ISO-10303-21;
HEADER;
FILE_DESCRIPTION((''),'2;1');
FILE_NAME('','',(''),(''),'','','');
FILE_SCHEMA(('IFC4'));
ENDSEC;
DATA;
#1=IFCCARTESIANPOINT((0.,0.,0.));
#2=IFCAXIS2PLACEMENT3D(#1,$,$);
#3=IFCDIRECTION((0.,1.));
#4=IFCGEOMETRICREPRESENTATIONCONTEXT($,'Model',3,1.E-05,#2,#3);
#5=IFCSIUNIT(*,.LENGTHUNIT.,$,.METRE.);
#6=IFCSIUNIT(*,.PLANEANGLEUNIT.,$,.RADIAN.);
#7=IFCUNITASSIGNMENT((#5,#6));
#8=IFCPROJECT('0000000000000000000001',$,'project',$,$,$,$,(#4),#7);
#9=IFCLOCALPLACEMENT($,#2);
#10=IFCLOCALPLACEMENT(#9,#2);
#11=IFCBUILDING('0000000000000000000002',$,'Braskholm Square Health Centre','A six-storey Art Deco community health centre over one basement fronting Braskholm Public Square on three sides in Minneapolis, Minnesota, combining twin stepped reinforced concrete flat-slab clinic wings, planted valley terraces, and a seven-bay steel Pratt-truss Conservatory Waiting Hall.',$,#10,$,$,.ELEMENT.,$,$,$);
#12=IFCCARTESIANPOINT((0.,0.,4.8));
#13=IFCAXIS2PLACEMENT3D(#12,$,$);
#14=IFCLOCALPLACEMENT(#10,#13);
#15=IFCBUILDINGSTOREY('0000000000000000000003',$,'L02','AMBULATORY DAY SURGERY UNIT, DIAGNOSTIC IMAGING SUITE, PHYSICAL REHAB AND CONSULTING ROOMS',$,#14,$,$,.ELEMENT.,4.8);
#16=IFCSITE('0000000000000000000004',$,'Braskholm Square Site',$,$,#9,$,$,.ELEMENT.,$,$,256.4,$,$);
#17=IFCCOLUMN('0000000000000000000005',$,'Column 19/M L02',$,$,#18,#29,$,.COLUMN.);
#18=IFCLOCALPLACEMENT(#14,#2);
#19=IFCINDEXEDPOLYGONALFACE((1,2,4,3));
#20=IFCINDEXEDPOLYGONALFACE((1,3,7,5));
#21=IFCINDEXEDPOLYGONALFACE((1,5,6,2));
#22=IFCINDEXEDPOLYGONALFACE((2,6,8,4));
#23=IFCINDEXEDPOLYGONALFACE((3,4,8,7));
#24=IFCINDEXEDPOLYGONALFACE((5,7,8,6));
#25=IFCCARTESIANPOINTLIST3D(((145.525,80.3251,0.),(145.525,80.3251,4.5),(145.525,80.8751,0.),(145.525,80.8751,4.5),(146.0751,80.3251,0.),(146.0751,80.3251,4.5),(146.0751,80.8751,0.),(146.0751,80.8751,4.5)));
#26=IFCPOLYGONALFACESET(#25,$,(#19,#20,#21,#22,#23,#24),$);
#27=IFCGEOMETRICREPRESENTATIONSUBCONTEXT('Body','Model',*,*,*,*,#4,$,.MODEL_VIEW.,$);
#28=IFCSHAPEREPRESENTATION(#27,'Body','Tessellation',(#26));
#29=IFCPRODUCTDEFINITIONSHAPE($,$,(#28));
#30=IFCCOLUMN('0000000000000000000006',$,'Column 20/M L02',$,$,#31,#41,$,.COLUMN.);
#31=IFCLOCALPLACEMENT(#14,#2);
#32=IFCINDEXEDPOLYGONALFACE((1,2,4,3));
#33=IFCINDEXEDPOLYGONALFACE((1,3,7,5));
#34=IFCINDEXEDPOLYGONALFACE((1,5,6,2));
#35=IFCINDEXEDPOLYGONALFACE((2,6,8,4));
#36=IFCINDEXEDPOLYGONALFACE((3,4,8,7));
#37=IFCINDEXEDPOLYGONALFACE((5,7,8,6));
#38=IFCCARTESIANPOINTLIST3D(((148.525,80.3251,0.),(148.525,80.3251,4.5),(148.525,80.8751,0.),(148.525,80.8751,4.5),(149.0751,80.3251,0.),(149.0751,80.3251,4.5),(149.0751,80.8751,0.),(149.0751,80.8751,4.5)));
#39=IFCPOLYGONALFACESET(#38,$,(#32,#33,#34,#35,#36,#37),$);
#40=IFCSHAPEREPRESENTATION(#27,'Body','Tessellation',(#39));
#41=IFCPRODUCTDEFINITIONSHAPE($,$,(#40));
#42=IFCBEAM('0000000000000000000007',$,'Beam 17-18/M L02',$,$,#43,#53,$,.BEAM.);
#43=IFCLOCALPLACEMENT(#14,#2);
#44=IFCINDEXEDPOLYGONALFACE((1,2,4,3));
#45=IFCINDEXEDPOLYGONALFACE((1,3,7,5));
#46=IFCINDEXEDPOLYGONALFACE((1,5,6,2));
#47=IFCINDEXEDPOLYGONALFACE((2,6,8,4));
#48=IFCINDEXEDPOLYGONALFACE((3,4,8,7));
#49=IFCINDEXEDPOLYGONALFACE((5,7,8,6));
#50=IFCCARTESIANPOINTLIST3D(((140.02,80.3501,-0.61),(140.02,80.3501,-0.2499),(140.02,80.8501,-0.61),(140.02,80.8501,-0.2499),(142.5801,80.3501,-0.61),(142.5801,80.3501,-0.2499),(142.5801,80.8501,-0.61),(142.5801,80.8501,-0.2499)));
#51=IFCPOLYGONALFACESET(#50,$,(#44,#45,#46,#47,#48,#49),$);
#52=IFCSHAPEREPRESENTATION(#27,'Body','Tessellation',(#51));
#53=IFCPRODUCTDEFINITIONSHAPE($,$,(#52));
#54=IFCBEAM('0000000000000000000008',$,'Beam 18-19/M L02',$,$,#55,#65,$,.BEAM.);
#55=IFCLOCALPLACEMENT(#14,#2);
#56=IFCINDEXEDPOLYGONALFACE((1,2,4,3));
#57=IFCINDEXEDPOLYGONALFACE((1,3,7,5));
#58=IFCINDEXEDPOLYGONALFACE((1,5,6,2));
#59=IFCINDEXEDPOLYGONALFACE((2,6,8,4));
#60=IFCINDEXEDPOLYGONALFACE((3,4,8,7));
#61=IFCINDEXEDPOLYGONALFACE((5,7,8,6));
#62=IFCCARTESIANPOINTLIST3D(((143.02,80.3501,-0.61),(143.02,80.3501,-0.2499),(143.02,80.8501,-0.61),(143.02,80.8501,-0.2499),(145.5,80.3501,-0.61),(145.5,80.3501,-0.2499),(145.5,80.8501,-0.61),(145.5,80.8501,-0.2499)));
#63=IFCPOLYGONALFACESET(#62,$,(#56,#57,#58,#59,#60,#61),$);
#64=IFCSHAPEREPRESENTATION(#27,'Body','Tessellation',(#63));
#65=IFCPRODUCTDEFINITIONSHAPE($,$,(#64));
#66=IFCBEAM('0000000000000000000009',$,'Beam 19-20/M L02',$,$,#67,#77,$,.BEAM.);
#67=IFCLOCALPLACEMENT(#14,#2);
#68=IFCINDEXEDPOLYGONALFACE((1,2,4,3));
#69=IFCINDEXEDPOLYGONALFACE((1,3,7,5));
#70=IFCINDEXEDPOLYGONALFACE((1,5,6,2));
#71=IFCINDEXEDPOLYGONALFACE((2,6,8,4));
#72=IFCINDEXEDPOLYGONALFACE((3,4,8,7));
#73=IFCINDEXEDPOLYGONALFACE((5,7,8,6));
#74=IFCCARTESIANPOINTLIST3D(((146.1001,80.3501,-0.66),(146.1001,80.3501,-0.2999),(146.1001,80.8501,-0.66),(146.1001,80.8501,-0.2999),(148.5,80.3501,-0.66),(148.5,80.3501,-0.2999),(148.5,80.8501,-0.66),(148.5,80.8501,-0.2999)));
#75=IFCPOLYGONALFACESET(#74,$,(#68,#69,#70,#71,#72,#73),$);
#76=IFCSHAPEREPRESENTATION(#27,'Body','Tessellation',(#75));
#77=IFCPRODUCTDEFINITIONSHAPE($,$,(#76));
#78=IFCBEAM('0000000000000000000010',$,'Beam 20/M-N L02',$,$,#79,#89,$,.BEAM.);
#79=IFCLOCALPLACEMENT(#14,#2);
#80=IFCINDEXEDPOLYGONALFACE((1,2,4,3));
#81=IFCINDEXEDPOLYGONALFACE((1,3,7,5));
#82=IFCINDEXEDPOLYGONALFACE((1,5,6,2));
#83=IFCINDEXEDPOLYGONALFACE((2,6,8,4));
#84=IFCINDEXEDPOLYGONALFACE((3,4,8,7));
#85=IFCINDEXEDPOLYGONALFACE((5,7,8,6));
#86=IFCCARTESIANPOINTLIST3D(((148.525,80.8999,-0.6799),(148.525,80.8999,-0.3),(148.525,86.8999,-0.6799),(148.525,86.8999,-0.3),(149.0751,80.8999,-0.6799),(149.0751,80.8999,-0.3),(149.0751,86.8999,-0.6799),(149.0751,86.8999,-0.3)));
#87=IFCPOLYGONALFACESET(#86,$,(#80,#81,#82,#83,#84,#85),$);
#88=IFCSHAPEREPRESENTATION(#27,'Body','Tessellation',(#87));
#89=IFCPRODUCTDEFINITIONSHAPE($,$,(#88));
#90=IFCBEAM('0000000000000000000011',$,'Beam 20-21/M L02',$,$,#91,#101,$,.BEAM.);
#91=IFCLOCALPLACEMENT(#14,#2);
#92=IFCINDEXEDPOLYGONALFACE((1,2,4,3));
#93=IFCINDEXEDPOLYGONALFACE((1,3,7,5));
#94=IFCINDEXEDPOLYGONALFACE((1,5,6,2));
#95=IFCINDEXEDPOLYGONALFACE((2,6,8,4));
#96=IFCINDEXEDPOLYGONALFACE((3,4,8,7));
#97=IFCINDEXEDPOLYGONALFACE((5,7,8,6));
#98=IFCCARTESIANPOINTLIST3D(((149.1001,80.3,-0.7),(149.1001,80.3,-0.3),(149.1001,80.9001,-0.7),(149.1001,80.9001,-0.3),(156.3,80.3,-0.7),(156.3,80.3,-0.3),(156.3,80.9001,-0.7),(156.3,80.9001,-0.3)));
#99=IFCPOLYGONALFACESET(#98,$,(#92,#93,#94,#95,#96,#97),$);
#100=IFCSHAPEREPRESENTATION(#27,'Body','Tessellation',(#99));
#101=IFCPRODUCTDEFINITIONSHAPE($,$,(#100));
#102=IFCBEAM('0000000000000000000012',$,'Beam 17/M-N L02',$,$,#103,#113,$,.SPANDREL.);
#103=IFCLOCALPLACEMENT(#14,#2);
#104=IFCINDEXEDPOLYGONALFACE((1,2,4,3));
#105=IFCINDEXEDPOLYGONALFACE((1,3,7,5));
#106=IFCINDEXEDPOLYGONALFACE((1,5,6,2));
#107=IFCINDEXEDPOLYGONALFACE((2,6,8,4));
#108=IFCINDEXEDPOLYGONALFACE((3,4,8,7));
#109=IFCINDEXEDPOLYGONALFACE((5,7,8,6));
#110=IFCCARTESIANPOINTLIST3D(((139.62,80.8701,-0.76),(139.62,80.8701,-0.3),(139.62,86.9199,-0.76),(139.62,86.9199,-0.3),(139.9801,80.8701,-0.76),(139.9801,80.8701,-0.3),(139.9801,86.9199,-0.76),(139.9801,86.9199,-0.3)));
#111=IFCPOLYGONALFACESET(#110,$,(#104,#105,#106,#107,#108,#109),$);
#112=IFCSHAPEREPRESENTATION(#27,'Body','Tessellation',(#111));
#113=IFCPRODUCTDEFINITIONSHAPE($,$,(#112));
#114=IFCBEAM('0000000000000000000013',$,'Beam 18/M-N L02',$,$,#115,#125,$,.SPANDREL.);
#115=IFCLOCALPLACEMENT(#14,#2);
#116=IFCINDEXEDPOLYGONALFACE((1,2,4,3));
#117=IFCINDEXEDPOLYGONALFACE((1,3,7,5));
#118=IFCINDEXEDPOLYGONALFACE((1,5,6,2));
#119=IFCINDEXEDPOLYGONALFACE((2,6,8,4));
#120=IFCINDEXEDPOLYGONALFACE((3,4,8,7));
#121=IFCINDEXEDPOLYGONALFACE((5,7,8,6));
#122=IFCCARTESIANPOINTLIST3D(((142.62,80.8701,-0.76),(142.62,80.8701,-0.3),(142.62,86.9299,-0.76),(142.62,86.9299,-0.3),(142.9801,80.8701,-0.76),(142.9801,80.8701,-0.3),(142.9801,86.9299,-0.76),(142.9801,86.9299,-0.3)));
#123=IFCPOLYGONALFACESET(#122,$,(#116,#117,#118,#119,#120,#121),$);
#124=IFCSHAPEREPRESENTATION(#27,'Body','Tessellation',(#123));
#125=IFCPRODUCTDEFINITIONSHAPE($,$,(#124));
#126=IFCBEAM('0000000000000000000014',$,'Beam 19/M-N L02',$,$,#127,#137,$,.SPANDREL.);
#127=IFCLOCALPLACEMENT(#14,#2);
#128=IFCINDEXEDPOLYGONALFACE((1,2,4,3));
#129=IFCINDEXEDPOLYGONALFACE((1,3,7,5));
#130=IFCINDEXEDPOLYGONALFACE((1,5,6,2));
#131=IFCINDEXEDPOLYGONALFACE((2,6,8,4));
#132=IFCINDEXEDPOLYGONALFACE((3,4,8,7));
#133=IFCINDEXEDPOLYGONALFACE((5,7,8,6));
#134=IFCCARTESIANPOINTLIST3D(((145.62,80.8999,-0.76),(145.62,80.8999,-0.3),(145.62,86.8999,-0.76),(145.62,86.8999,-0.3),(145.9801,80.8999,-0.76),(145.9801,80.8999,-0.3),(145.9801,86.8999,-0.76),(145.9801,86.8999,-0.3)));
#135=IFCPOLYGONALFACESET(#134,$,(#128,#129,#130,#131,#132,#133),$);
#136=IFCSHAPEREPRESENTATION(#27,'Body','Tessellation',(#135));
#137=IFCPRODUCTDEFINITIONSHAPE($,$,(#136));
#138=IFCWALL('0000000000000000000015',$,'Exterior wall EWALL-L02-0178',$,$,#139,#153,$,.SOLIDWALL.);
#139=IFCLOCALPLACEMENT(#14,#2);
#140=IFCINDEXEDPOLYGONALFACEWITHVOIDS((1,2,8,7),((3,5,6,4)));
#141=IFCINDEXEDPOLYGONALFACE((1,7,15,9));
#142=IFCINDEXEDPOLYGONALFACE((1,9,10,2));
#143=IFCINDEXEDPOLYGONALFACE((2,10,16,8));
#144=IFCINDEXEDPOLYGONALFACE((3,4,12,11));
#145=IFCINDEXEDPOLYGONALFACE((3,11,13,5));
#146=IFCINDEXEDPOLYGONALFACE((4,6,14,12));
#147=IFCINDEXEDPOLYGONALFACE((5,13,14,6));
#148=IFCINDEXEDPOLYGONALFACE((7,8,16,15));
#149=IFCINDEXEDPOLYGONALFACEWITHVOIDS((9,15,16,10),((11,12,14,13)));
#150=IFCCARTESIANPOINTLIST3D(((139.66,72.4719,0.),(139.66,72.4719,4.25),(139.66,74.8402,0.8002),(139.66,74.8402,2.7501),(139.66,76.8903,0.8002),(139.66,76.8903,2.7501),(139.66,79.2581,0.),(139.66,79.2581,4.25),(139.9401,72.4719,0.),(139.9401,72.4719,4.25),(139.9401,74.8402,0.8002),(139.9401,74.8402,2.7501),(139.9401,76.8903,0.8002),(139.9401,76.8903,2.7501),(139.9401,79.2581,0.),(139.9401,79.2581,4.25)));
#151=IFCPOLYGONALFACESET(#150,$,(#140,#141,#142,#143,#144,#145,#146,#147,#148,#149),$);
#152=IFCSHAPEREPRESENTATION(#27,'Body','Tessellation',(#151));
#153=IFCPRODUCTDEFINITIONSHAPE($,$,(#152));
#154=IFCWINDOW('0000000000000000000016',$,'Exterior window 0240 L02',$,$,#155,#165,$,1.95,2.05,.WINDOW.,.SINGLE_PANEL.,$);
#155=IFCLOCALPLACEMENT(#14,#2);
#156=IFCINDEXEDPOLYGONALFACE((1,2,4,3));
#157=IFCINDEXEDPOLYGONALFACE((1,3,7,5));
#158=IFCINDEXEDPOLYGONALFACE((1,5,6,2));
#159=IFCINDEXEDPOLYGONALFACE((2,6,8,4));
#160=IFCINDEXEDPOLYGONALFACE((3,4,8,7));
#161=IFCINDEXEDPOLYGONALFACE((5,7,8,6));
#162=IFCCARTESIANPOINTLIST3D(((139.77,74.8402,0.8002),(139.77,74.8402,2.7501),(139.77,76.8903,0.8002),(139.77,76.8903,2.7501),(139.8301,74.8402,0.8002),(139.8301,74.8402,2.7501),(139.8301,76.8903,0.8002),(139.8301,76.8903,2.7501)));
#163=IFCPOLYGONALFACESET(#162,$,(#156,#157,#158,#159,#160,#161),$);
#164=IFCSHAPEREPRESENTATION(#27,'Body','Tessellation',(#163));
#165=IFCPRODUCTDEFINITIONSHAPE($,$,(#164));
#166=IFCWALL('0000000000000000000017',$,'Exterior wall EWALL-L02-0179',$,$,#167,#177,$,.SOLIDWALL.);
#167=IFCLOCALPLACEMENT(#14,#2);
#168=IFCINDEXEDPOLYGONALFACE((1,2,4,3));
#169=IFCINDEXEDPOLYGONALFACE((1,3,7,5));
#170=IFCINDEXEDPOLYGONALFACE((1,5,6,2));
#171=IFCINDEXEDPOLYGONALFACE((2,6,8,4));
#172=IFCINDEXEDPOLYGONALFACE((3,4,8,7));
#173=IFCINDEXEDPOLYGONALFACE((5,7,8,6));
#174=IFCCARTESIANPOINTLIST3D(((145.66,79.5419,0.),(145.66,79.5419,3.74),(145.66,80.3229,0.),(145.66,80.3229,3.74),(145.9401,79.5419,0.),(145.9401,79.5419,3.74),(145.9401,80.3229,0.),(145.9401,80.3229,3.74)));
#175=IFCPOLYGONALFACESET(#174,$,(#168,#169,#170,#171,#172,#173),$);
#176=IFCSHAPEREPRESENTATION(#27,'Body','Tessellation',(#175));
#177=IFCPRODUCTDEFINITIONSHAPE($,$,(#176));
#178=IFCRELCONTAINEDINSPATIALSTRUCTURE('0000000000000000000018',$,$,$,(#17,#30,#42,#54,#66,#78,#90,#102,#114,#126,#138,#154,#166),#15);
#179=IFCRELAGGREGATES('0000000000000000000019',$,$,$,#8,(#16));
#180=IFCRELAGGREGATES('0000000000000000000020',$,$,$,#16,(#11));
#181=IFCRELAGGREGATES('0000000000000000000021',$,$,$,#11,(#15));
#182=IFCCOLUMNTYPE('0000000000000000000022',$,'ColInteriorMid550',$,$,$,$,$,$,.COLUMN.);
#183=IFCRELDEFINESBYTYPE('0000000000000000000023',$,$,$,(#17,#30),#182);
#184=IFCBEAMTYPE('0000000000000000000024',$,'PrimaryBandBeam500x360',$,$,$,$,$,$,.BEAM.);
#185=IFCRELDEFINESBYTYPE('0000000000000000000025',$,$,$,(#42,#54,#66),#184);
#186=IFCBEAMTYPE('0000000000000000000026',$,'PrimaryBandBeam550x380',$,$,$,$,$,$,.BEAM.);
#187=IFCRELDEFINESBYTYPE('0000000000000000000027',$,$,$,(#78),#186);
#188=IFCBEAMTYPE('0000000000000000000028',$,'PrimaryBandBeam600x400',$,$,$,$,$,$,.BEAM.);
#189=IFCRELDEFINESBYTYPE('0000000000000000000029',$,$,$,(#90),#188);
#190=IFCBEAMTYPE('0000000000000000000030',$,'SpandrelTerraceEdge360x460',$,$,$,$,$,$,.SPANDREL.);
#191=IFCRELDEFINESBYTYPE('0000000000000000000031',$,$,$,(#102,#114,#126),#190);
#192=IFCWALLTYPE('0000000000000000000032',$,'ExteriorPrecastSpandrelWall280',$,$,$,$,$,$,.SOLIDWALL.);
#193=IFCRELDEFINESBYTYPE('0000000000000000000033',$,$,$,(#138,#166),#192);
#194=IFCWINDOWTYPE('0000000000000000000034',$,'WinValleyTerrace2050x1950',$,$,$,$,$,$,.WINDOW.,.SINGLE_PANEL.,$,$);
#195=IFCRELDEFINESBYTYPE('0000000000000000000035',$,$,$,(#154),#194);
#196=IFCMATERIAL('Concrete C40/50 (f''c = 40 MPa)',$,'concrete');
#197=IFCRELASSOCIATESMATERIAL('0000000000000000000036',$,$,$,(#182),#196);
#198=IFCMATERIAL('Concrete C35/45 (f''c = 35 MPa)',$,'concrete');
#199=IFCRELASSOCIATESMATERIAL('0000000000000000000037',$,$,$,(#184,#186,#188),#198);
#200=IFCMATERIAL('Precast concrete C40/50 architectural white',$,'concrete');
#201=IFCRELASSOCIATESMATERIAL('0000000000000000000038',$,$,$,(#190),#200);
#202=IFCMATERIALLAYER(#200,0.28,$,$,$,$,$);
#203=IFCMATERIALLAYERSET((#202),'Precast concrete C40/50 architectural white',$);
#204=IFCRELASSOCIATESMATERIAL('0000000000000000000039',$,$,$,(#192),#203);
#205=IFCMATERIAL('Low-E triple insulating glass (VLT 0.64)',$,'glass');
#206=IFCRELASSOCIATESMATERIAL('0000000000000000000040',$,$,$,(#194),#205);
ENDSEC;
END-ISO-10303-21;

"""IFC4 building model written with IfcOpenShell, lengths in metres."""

from ifc_helpers import new_model, si_unit, direction, frame, frame_2d, origin, origin_with_axes, origin_2d, place, context, subcontext, project, spatial, rectangle, extrude, material, layer, layer_set, material_profile, profile_set, type_object, element, fill, save


model = new_model("IFC4")

# Units and contexts
model_context = context("Model", 3, precision=1e-05, world=origin(), true_north=direction((0.0, 1.0)))
body_context = subcontext(model_context, "Body", "Model", "MODEL_VIEW")
ifc_project = project(units=[si_unit("LENGTHUNIT", "METRE"), si_unit("PLANEANGLEUNIT", "RADIAN")], contexts=[model_context])

# Site, building, storey
site_placement = place(None, origin())
site = spatial("IfcSite", under=ifc_project, at=site_placement, Name="Braskholm Square Site", CompositionType="ELEMENT", RefElevation=256.4)
building_placement = place(site_placement, origin())
building = spatial("IfcBuilding", under=site, at=building_placement, Name="Braskholm Square Health Centre", Description="A six-storey Art Deco community health centre over one basement fronting Braskholm Public Square on three sides in Minneapolis, Minnesota, combining twin stepped reinforced concrete flat-slab clinic wings, planted valley terraces, and a seven-bay steel Pratt-truss Conservatory Waiting Hall.", CompositionType="ELEMENT")
storey_placement = place(building_placement, frame((0.0, 0.0, 4.8)))
storey = spatial("IfcBuildingStorey", under=building, at=storey_placement, Name="L02", Description="AMBULATORY DAY SURGERY UNIT, DIAGNOSTIC IMAGING SUITE, PHYSICAL REHAB AND CONSULTING ROOMS", CompositionType="ELEMENT", Elevation=4.8)

# Columns
ifc_material_1 = material(Name="Concrete C40/50 (f'c = 40 MPa)", Category="concrete")
ifc_material_profile_1 = material_profile(ifc_material_1, rectangle(XDim=0.55, YDim=0.55, at=origin_2d()), Name="RC-550X550")
ifc_profile_set_1 = profile_set([ifc_material_profile_1], Name="Concrete C40/50 (f'c = 40 MPa)")
column_type = type_object("IfcColumnType", Name="ColInteriorMid550", PredefinedType="COLUMN", material=ifc_profile_set_1)
for number, where, z_axis, x_axis, name in (
    (1, (145.8, 80.6001, 0.0), (0.0, 0.0, 1.0), (1.0, 0.0, 0.0), "Column 19/M L02"),
    (2, (148.8, 80.6001, 0.0), (0.0, 0.0, 1.0), (1.0, 0.0, 0.0), "Column 20/M L02"),
):
    element("IfcColumn", number, at=place(storey_placement, frame(where, z_axis=z_axis, x_axis=x_axis)), inside=storey, type_object=column_type, Name=name, PredefinedType="COLUMN", context=body_context, shape_type="SweptSolid", body=[
        extrude(rectangle(XDim=0.55, YDim=0.55, at=origin_2d()), origin(), (0.0, 0.0, 1.0), 4.5),
    ])

# Beams
ifc_material_2 = material(Name="Concrete C35/45 (f'c = 35 MPa)", Category="concrete")
ifc_material_profile_2 = material_profile(ifc_material_2, rectangle(XDim=0.5, YDim=0.3601, at=origin_2d()), Name="RCB-500X360")
ifc_profile_set_2 = profile_set([ifc_material_profile_2], Name="Concrete C35/45 (f'c = 35 MPa)")
beam_type_1 = type_object("IfcBeamType", Name="PrimaryBandBeam500x360", PredefinedType="BEAM", material=ifc_profile_set_2)
beam_1_placement = place(storey_placement, frame((140.02, 80.6001, -0.4299), z_axis=(1.0, 0.0, 0.0), x_axis=(0.0, 1.0, 0.0)))
element("IfcBeam", 3, at=beam_1_placement, inside=storey, type_object=beam_type_1, Name="Beam 17-18/M L02", PredefinedType="BEAM", context=body_context, shape_type="SweptSolid", body=[
    extrude(rectangle(XDim=0.5, YDim=0.3601, at=origin_2d()), origin(), (0.0, 0.0, 1.0), 2.5601),
])
beam_2_placement = place(storey_placement, frame((143.02, 80.6001, -0.4299), z_axis=(1.0, 0.0, 0.0), x_axis=(0.0, 1.0, 0.0)))
element("IfcBeam", 4, at=beam_2_placement, inside=storey, type_object=beam_type_1, Name="Beam 18-19/M L02", PredefinedType="BEAM", context=body_context, shape_type="SweptSolid", body=[
    extrude(rectangle(XDim=0.5, YDim=0.3601, at=origin_2d()), origin(), (0.0, 0.0, 1.0), 2.48),
])
beam_3_placement = place(storey_placement, frame((146.1001, 80.6001, -0.48), z_axis=(1.0, 0.0, 0.0), x_axis=(0.0, 1.0, 0.0)))
element("IfcBeam", 5, at=beam_3_placement, inside=storey, type_object=beam_type_1, Name="Beam 19-20/M L02", PredefinedType="BEAM", context=body_context, shape_type="SweptSolid", body=[
    extrude(rectangle(XDim=0.5, YDim=0.3601, at=origin_2d()), origin(), (0.0, 0.0, 1.0), 2.3999),
])
ifc_material_profile_3 = material_profile(ifc_material_2, rectangle(XDim=0.55, YDim=0.3799, at=origin_2d()), Name="RCB-550X380")
ifc_profile_set_3 = profile_set([ifc_material_profile_3], Name="Concrete C35/45 (f'c = 35 MPa)")
beam_type_2 = type_object("IfcBeamType", Name="PrimaryBandBeam550x380", PredefinedType="BEAM", material=ifc_profile_set_3)
beam_4_placement = place(storey_placement, frame((148.8, 80.8999, -0.49), z_axis=(0.0, 1.0, 0.0), x_axis=(-1.0, 0.0, 0.0)))
element("IfcBeam", 6, at=beam_4_placement, inside=storey, type_object=beam_type_2, Name="Beam 20/M-N L02", PredefinedType="BEAM", context=body_context, shape_type="SweptSolid", body=[
    extrude(rectangle(XDim=0.55, YDim=0.3799, at=origin_2d()), origin(), (0.0, 0.0, 1.0), 6.0),
])
ifc_material_profile_4 = material_profile(ifc_material_2, rectangle(XDim=0.6001, YDim=0.3999, at=origin_2d()), Name="RCB-600X400")
ifc_profile_set_4 = profile_set([ifc_material_profile_4], Name="Concrete C35/45 (f'c = 35 MPa)")
beam_type_3 = type_object("IfcBeamType", Name="PrimaryBandBeam600x400", PredefinedType="BEAM", material=ifc_profile_set_4)
beam_5_placement = place(storey_placement, frame((149.1001, 80.6001, -0.5), z_axis=(1.0, 0.0, 0.0), x_axis=(0.0, 1.0, 0.0)))
element("IfcBeam", 7, at=beam_5_placement, inside=storey, type_object=beam_type_3, Name="Beam 20-21/M L02", PredefinedType="BEAM", context=body_context, shape_type="SweptSolid", body=[
    extrude(rectangle(XDim=0.6001, YDim=0.3999, at=origin_2d()), origin(), (0.0, 0.0, 1.0), 7.2),
])
ifc_material_3 = material(Name="Precast concrete C40/50 architectural white", Category="concrete")
ifc_material_profile_5 = material_profile(ifc_material_3, rectangle(XDim=0.3601, YDim=0.46, at=origin_2d()), Name="RCB-360X460")
ifc_profile_set_5 = profile_set([ifc_material_profile_5], Name="Precast concrete C40/50 architectural white")
beam_type_4 = type_object("IfcBeamType", Name="SpandrelTerraceEdge360x460", PredefinedType="SPANDREL", material=ifc_profile_set_5)
beam_6_placement = place(storey_placement, frame((139.8, 80.8701, -0.53), z_axis=(0.0, 1.0, 0.0), x_axis=(-1.0, 0.0, 0.0)))
element("IfcBeam", 8, at=beam_6_placement, inside=storey, type_object=beam_type_4, Name="Beam 17/M-N L02", PredefinedType="SPANDREL", context=body_context, shape_type="SweptSolid", body=[
    extrude(rectangle(XDim=0.3601, YDim=0.46, at=origin_2d()), origin(), (0.0, 0.0, 1.0), 6.0498),
])
beam_7_placement = place(storey_placement, frame((142.8, 80.8701, -0.53), z_axis=(0.0, 1.0, 0.0), x_axis=(-1.0, 0.0, 0.0)))
element("IfcBeam", 9, at=beam_7_placement, inside=storey, type_object=beam_type_4, Name="Beam 18/M-N L02", PredefinedType="SPANDREL", context=body_context, shape_type="SweptSolid", body=[
    extrude(rectangle(XDim=0.3601, YDim=0.46, at=origin_2d()), origin(), (0.0, 0.0, 1.0), 6.0598),
])
beam_8_placement = place(storey_placement, frame((145.8, 80.8999, -0.53), z_axis=(0.0, 1.0, 0.0), x_axis=(-1.0, 0.0, 0.0)))
element("IfcBeam", 10, at=beam_8_placement, inside=storey, type_object=beam_type_4, Name="Beam 19/M-N L02", PredefinedType="SPANDREL", context=body_context, shape_type="SweptSolid", body=[
    extrude(rectangle(XDim=0.3601, YDim=0.46, at=origin_2d()), origin(), (0.0, 0.0, 1.0), 6.0),
])

# Wall, opening, window
ifc_layer = layer(ifc_material_3, 0.28)
ifc_layer_set = layer_set([ifc_layer], Name="Precast concrete C40/50 architectural white")
wall_type = type_object("IfcWallType", Name="ExteriorPrecastSpandrelWall280", PredefinedType="SOLIDWALL", material=ifc_layer_set)
wall_1_placement = place(storey_placement, frame((139.8, 79.2581, 0.0), z_axis=(0.0, 0.0, 1.0), x_axis=(0.0, -1.0, 0.0)))
wall_1 = element("IfcWall", 11, at=wall_1_placement, inside=storey, type_object=wall_type, Name="Exterior wall EWALL-L02-0178", PredefinedType="SOLIDWALL", context=body_context, shape_type="SweptSolid", body=[
    extrude(rectangle(XDim=6.7861, YDim=0.28, at=frame_2d((3.3931, 0.0))), origin(), (0.0, 0.0, 1.0), 4.25),
])
opening_1_placement = place(wall_1_placement, frame((2.3679, 0.0, 0.8)))
opening_1 = element("IfcOpeningElement", 12, at=opening_1_placement, cuts=wall_1, PredefinedType="OPENING", context=body_context, shape_type="SweptSolid", body=[
    extrude(rectangle(XDim=2.05, YDim=1.95, at=frame_2d((1.0249, 0.9751))), frame((0.0, 0.1499, 0.0), z_axis=(0.0, -1.0, 0.0), x_axis=(1.0, 0.0, 0.0)), (0.0, 0.0, 1.0), 0.3),
])
ifc_material_4 = material(Name="Low-E triple insulating glass (VLT 0.64)", Category="glass")
window_type_1 = type_object("IfcWindowType", Name="WinValleyTerrace2050x1950", PartitioningType="SINGLE_PANEL", PredefinedType="WINDOW", material=ifc_material_4)
window_1_placement = place(opening_1_placement, origin_with_axes())
window_1 = element("IfcWindow", 13, at=window_1_placement, inside=storey, type_object=window_type_1, Name="Exterior window 0240 L02", OverallHeight=1.95, OverallWidth=2.05, PartitioningType="SINGLE_PANEL", PredefinedType="WINDOW", context=body_context, shape_type="SweptSolid", body=[
    extrude(rectangle(XDim=2.05, YDim=1.95, at=frame_2d((1.0249, 0.9751))), frame((0.0, 0.03, 0.0), z_axis=(0.0, -1.0, 0.0), x_axis=(1.0, 0.0, 0.0)), (0.0, 0.0, 1.0), 0.0601),
])
fill(opening_1, window_1)

# Wall
wall_2_placement = place(storey_placement, frame((145.8, 80.323, 0.0), z_axis=(0.0, 0.0, 1.0), x_axis=(0.0, -1.0, 0.0)))
element("IfcWall", 14, at=wall_2_placement, inside=storey, type_object=wall_type, Name="Exterior wall EWALL-L02-0179", PredefinedType="SOLIDWALL", context=body_context, shape_type="SweptSolid", body=[
    extrude(rectangle(XDim=0.781, YDim=0.28, at=frame_2d((0.3906, 0.0))), origin(), (0.0, 0.0, 1.0), 3.74),
])

save(model, "model.ifc")
